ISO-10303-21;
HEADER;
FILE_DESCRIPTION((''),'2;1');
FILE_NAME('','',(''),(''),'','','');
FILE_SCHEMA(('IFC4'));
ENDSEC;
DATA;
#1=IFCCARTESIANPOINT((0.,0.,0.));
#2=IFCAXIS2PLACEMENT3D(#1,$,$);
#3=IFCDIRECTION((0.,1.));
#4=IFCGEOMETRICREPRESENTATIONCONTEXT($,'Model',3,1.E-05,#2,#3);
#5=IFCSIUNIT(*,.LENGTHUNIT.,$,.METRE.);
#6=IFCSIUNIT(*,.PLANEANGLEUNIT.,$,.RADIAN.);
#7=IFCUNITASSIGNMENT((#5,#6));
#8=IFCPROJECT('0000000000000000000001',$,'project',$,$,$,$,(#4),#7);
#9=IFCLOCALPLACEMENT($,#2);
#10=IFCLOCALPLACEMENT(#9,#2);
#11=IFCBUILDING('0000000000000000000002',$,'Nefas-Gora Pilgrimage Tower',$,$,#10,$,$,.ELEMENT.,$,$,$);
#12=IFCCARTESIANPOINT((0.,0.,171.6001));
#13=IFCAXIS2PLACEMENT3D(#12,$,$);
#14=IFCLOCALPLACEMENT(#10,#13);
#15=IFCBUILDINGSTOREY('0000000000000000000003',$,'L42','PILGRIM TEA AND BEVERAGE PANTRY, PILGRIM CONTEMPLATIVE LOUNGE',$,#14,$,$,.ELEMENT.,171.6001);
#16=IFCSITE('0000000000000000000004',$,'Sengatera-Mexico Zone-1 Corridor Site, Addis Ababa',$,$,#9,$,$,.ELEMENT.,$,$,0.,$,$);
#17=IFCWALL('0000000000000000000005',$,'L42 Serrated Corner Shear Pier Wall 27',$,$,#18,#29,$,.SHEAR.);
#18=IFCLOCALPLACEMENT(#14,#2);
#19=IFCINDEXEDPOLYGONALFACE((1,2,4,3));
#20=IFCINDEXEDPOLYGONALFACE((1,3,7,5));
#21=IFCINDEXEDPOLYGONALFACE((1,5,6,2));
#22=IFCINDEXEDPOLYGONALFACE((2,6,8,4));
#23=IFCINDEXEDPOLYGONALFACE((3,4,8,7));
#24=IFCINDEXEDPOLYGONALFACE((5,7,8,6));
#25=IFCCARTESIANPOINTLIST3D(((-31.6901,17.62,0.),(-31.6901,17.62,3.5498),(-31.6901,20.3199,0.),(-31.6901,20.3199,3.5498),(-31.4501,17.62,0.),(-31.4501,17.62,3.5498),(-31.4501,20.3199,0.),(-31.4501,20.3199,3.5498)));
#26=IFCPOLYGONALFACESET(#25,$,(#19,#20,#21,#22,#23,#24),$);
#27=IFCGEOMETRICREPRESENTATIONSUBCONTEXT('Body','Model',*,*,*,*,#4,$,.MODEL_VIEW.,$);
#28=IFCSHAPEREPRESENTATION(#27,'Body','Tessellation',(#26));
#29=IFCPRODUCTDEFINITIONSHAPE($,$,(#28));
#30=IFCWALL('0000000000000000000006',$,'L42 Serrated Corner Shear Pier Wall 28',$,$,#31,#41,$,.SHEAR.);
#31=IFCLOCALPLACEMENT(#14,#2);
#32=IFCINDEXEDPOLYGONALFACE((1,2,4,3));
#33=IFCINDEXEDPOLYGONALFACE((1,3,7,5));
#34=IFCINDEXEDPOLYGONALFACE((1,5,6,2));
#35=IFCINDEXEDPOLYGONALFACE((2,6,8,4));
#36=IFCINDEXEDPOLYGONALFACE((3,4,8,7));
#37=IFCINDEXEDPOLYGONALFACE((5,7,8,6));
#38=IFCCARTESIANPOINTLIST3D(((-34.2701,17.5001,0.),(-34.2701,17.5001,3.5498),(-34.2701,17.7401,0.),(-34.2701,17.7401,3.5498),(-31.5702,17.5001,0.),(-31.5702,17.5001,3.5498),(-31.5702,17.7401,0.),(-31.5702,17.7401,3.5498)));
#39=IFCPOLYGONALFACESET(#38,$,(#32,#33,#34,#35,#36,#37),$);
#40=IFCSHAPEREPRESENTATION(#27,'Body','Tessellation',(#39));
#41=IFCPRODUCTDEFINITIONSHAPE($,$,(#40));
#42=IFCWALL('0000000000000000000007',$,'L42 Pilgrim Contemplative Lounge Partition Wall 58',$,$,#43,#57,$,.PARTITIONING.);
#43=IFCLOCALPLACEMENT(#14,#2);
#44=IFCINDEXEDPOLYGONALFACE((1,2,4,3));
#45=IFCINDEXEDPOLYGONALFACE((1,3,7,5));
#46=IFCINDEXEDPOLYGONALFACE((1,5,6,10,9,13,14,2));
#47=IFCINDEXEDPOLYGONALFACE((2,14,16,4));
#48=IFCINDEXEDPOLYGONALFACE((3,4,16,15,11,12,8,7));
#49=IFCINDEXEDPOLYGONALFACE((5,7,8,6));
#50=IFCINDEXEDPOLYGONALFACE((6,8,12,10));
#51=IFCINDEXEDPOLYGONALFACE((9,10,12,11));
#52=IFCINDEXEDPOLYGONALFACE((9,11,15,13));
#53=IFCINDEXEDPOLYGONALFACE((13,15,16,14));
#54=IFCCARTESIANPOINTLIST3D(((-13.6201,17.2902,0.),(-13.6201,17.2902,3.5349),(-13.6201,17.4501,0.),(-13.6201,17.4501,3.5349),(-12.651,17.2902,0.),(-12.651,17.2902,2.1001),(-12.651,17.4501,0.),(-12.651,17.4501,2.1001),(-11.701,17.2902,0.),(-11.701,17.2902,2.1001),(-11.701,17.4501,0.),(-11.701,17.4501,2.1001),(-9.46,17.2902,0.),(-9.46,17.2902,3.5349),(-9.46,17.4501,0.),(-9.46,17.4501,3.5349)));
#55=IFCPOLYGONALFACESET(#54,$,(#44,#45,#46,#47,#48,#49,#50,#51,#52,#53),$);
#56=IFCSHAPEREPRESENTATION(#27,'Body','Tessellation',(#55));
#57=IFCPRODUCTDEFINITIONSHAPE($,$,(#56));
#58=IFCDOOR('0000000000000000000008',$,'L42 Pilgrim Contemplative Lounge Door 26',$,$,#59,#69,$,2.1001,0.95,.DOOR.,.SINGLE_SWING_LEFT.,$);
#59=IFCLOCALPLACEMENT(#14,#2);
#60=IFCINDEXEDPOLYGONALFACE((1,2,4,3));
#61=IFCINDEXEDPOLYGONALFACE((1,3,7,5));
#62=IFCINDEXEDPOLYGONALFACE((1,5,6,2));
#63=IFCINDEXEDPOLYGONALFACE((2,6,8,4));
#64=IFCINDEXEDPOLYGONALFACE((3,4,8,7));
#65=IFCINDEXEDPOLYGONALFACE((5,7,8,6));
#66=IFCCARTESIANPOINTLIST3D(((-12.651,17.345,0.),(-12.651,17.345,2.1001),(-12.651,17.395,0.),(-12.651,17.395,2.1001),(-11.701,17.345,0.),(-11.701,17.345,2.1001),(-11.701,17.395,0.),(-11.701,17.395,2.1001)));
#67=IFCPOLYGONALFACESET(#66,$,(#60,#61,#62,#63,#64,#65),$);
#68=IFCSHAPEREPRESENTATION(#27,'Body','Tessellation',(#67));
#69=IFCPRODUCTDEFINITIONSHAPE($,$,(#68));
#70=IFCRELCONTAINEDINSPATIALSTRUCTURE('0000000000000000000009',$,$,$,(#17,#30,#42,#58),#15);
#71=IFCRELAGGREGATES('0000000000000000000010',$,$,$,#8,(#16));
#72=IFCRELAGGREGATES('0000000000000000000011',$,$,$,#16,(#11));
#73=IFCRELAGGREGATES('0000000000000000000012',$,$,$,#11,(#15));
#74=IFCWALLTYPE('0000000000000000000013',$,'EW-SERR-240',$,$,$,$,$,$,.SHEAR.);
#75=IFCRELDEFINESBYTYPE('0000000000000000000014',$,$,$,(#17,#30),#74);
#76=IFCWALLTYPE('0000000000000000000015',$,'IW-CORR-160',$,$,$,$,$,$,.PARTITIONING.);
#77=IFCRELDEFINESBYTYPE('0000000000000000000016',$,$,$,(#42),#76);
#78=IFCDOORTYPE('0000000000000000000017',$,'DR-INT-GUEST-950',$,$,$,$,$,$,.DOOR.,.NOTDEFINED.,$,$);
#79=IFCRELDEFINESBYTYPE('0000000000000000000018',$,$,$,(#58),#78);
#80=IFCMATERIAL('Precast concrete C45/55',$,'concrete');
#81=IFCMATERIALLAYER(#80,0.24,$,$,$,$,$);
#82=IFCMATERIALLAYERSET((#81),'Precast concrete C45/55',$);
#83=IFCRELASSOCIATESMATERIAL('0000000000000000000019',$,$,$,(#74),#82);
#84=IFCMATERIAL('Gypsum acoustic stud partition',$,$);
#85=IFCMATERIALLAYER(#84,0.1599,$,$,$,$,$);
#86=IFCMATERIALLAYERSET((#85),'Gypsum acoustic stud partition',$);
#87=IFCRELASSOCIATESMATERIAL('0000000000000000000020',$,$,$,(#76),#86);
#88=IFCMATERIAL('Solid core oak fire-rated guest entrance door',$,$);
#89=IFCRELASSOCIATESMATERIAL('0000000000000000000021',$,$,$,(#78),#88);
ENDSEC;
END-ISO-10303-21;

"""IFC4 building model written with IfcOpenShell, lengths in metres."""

from ifc_helpers import new_model, si_unit, direction, frame, frame_2d, origin, place, context, subcontext, project, spatial, rectangle, extrude, source, transform, mapped, material, layer, layer_set, type_object, element, fill, save


model = new_model("IFC4")

# Units and contexts
model_context = context("Model", 3, precision=1e-05, world=origin(), true_north=direction((0.0, 1.0)))
body_context = subcontext(model_context, "Body", "Model", "MODEL_VIEW")
ifc_project = project(units=[si_unit("LENGTHUNIT", "METRE"), si_unit("PLANEANGLEUNIT", "RADIAN")], contexts=[model_context])

# Site, building, storey
site_placement = place(None, origin())
site = spatial("IfcSite", under=ifc_project, at=site_placement, Name="Sengatera-Mexico Zone-1 Corridor Site, Addis Ababa", CompositionType="ELEMENT", RefElevation=0.0)
building_placement = place(site_placement, origin())
building = spatial("IfcBuilding", under=site, at=building_placement, Name="Nefas-Gora Pilgrimage Tower", CompositionType="ELEMENT")
storey_placement = place(building_placement, frame((0.0, 0.0, 171.6001)))
storey = spatial("IfcBuildingStorey", under=building, at=storey_placement, Name="L42", Description="PILGRIM TEA AND BEVERAGE PANTRY, PILGRIM CONTEMPLATIVE LOUNGE", CompositionType="ELEMENT", Elevation=171.6001)

# Shared definitions
ifc_material_1 = material(Name="Precast concrete C45/55", Category="concrete")
ifc_layer_1 = layer(ifc_material_1, 0.24)
ifc_layer_set_1 = layer_set([ifc_layer_1], Name="Precast concrete C45/55")
wall_type_1 = type_object("IfcWallType", Name="EW-SERR-240", PredefinedType="SHEAR", material=ifc_layer_set_1)
shared_shape_1 = source(origin(), body_context, "Body", "SweptSolid", [
    extrude(rectangle(XDim=2.7, YDim=0.24, at=frame_2d((1.3501, 0.0))), origin(), (0.0, 0.0, 1.0), 3.5498),
])

# Walls
for number, where, z_axis, x_axis, name in (
    (1, (-31.5701, 20.3201, 0.0), (0.0, 0.0, 1.0), (0.0, -1.0, 0.0), "L42 Serrated Corner Shear Pier Wall 27"),
    (2, (-31.5701, 17.6201, 0.0), (0.0, 0.0, 1.0), (-1.0, 0.0, 0.0), "L42 Serrated Corner Shear Pier Wall 28"),
):
    element("IfcWall", number, at=place(storey_placement, frame(where, z_axis=z_axis, x_axis=x_axis)), inside=storey, type_object=wall_type_1, Name=name, PredefinedType="SHEAR", context=body_context, shape_type="MappedRepresentation", body=[
        mapped(shared_shape_1, transform((0.0, 0.0, 0.0), x_axis=(1.0, 0.0, 0.0), y_axis=(0.0, 1.0, 0.0), z_axis=(0.0, 0.0, 1.0), scale=1.0)),
    ])

# Wall, opening, door
ifc_material_2 = material(Name="Gypsum acoustic stud partition")
ifc_layer_2 = layer(ifc_material_2, 0.1599)
ifc_layer_set_2 = layer_set([ifc_layer_2], Name="Gypsum acoustic stud partition")
wall_type_2 = type_object("IfcWallType", Name="IW-CORR-160", PredefinedType="PARTITIONING", material=ifc_layer_set_2)
shared_shape_2 = source(origin(), body_context, "Body", "SweptSolid", [
    extrude(rectangle(XDim=4.1602, YDim=0.1599, at=frame_2d((2.0801, 0.0))), origin(), (0.0, 0.0, 1.0), 3.5349),
])
wall_1_placement = place(storey_placement, frame((-13.6201, 17.3701, 0.0), z_axis=(0.0, 0.0, 1.0), x_axis=(1.0, 0.0, 0.0)))
wall_1 = element("IfcWall", 3, at=wall_1_placement, inside=storey, type_object=wall_type_2, Name="L42 Pilgrim Contemplative Lounge Partition Wall 58", PredefinedType="PARTITIONING", context=body_context, shape_type="MappedRepresentation", body=[
    mapped(shared_shape_2, transform((0.0, 0.0, 0.0), x_axis=(1.0, 0.0, 0.0), y_axis=(0.0, 1.0, 0.0), z_axis=(0.0, 0.0, 1.0), scale=1.0)),
])
opening_1_placement = place(wall_1_placement, frame((0.969, 0.0, 0.0)))
opening_1 = element("IfcOpeningElement", 4, at=opening_1_placement, cuts=wall_1, PredefinedType="OPENING", context=body_context, shape_type="SweptSolid", body=[
    extrude(rectangle(XDim=0.95, YDim=2.1001, at=frame_2d((0.4751, 1.05))), frame((0.0, 0.0898, 0.0), z_axis=(0.0, -1.0, 0.0), x_axis=(1.0, 0.0, 0.0)), (0.0, 0.0, 1.0), 0.1799),
])
ifc_material_3 = material(Name="Solid core oak fire-rated guest entrance door")
door_type = type_object("IfcDoorType", Name="DR-INT-GUEST-950", OperationType="NOTDEFINED", PredefinedType="DOOR", material=ifc_material_3)
shared_shape_3 = source(origin(), body_context, "Body", "SweptSolid", [
    extrude(rectangle(XDim=0.95, YDim=2.1001, at=frame_2d((0.4751, 1.05))), frame((0.0, 0.0249, 0.0), z_axis=(0.0, -1.0, 0.0), x_axis=(1.0, 0.0, 0.0)), (0.0, 0.0, 1.0), 0.05),
])
door_placement = place(opening_1_placement, origin())
door = element("IfcDoor", 5, at=door_placement, inside=storey, type_object=door_type, Name="L42 Pilgrim Contemplative Lounge Door 26", OperationType="SINGLE_SWING_LEFT", OverallHeight=2.1001, OverallWidth=0.95, PredefinedType="DOOR", context=body_context, shape_type="MappedRepresentation", body=[
    mapped(shared_shape_3, transform((0.0, 0.0, 0.0), x_axis=(1.0, 0.0, 0.0), y_axis=(0.0, 1.0, 0.0), z_axis=(0.0, 0.0, 1.0), scale=1.0)),
])
fill(opening_1, door)

save(model, "model.ifc")
